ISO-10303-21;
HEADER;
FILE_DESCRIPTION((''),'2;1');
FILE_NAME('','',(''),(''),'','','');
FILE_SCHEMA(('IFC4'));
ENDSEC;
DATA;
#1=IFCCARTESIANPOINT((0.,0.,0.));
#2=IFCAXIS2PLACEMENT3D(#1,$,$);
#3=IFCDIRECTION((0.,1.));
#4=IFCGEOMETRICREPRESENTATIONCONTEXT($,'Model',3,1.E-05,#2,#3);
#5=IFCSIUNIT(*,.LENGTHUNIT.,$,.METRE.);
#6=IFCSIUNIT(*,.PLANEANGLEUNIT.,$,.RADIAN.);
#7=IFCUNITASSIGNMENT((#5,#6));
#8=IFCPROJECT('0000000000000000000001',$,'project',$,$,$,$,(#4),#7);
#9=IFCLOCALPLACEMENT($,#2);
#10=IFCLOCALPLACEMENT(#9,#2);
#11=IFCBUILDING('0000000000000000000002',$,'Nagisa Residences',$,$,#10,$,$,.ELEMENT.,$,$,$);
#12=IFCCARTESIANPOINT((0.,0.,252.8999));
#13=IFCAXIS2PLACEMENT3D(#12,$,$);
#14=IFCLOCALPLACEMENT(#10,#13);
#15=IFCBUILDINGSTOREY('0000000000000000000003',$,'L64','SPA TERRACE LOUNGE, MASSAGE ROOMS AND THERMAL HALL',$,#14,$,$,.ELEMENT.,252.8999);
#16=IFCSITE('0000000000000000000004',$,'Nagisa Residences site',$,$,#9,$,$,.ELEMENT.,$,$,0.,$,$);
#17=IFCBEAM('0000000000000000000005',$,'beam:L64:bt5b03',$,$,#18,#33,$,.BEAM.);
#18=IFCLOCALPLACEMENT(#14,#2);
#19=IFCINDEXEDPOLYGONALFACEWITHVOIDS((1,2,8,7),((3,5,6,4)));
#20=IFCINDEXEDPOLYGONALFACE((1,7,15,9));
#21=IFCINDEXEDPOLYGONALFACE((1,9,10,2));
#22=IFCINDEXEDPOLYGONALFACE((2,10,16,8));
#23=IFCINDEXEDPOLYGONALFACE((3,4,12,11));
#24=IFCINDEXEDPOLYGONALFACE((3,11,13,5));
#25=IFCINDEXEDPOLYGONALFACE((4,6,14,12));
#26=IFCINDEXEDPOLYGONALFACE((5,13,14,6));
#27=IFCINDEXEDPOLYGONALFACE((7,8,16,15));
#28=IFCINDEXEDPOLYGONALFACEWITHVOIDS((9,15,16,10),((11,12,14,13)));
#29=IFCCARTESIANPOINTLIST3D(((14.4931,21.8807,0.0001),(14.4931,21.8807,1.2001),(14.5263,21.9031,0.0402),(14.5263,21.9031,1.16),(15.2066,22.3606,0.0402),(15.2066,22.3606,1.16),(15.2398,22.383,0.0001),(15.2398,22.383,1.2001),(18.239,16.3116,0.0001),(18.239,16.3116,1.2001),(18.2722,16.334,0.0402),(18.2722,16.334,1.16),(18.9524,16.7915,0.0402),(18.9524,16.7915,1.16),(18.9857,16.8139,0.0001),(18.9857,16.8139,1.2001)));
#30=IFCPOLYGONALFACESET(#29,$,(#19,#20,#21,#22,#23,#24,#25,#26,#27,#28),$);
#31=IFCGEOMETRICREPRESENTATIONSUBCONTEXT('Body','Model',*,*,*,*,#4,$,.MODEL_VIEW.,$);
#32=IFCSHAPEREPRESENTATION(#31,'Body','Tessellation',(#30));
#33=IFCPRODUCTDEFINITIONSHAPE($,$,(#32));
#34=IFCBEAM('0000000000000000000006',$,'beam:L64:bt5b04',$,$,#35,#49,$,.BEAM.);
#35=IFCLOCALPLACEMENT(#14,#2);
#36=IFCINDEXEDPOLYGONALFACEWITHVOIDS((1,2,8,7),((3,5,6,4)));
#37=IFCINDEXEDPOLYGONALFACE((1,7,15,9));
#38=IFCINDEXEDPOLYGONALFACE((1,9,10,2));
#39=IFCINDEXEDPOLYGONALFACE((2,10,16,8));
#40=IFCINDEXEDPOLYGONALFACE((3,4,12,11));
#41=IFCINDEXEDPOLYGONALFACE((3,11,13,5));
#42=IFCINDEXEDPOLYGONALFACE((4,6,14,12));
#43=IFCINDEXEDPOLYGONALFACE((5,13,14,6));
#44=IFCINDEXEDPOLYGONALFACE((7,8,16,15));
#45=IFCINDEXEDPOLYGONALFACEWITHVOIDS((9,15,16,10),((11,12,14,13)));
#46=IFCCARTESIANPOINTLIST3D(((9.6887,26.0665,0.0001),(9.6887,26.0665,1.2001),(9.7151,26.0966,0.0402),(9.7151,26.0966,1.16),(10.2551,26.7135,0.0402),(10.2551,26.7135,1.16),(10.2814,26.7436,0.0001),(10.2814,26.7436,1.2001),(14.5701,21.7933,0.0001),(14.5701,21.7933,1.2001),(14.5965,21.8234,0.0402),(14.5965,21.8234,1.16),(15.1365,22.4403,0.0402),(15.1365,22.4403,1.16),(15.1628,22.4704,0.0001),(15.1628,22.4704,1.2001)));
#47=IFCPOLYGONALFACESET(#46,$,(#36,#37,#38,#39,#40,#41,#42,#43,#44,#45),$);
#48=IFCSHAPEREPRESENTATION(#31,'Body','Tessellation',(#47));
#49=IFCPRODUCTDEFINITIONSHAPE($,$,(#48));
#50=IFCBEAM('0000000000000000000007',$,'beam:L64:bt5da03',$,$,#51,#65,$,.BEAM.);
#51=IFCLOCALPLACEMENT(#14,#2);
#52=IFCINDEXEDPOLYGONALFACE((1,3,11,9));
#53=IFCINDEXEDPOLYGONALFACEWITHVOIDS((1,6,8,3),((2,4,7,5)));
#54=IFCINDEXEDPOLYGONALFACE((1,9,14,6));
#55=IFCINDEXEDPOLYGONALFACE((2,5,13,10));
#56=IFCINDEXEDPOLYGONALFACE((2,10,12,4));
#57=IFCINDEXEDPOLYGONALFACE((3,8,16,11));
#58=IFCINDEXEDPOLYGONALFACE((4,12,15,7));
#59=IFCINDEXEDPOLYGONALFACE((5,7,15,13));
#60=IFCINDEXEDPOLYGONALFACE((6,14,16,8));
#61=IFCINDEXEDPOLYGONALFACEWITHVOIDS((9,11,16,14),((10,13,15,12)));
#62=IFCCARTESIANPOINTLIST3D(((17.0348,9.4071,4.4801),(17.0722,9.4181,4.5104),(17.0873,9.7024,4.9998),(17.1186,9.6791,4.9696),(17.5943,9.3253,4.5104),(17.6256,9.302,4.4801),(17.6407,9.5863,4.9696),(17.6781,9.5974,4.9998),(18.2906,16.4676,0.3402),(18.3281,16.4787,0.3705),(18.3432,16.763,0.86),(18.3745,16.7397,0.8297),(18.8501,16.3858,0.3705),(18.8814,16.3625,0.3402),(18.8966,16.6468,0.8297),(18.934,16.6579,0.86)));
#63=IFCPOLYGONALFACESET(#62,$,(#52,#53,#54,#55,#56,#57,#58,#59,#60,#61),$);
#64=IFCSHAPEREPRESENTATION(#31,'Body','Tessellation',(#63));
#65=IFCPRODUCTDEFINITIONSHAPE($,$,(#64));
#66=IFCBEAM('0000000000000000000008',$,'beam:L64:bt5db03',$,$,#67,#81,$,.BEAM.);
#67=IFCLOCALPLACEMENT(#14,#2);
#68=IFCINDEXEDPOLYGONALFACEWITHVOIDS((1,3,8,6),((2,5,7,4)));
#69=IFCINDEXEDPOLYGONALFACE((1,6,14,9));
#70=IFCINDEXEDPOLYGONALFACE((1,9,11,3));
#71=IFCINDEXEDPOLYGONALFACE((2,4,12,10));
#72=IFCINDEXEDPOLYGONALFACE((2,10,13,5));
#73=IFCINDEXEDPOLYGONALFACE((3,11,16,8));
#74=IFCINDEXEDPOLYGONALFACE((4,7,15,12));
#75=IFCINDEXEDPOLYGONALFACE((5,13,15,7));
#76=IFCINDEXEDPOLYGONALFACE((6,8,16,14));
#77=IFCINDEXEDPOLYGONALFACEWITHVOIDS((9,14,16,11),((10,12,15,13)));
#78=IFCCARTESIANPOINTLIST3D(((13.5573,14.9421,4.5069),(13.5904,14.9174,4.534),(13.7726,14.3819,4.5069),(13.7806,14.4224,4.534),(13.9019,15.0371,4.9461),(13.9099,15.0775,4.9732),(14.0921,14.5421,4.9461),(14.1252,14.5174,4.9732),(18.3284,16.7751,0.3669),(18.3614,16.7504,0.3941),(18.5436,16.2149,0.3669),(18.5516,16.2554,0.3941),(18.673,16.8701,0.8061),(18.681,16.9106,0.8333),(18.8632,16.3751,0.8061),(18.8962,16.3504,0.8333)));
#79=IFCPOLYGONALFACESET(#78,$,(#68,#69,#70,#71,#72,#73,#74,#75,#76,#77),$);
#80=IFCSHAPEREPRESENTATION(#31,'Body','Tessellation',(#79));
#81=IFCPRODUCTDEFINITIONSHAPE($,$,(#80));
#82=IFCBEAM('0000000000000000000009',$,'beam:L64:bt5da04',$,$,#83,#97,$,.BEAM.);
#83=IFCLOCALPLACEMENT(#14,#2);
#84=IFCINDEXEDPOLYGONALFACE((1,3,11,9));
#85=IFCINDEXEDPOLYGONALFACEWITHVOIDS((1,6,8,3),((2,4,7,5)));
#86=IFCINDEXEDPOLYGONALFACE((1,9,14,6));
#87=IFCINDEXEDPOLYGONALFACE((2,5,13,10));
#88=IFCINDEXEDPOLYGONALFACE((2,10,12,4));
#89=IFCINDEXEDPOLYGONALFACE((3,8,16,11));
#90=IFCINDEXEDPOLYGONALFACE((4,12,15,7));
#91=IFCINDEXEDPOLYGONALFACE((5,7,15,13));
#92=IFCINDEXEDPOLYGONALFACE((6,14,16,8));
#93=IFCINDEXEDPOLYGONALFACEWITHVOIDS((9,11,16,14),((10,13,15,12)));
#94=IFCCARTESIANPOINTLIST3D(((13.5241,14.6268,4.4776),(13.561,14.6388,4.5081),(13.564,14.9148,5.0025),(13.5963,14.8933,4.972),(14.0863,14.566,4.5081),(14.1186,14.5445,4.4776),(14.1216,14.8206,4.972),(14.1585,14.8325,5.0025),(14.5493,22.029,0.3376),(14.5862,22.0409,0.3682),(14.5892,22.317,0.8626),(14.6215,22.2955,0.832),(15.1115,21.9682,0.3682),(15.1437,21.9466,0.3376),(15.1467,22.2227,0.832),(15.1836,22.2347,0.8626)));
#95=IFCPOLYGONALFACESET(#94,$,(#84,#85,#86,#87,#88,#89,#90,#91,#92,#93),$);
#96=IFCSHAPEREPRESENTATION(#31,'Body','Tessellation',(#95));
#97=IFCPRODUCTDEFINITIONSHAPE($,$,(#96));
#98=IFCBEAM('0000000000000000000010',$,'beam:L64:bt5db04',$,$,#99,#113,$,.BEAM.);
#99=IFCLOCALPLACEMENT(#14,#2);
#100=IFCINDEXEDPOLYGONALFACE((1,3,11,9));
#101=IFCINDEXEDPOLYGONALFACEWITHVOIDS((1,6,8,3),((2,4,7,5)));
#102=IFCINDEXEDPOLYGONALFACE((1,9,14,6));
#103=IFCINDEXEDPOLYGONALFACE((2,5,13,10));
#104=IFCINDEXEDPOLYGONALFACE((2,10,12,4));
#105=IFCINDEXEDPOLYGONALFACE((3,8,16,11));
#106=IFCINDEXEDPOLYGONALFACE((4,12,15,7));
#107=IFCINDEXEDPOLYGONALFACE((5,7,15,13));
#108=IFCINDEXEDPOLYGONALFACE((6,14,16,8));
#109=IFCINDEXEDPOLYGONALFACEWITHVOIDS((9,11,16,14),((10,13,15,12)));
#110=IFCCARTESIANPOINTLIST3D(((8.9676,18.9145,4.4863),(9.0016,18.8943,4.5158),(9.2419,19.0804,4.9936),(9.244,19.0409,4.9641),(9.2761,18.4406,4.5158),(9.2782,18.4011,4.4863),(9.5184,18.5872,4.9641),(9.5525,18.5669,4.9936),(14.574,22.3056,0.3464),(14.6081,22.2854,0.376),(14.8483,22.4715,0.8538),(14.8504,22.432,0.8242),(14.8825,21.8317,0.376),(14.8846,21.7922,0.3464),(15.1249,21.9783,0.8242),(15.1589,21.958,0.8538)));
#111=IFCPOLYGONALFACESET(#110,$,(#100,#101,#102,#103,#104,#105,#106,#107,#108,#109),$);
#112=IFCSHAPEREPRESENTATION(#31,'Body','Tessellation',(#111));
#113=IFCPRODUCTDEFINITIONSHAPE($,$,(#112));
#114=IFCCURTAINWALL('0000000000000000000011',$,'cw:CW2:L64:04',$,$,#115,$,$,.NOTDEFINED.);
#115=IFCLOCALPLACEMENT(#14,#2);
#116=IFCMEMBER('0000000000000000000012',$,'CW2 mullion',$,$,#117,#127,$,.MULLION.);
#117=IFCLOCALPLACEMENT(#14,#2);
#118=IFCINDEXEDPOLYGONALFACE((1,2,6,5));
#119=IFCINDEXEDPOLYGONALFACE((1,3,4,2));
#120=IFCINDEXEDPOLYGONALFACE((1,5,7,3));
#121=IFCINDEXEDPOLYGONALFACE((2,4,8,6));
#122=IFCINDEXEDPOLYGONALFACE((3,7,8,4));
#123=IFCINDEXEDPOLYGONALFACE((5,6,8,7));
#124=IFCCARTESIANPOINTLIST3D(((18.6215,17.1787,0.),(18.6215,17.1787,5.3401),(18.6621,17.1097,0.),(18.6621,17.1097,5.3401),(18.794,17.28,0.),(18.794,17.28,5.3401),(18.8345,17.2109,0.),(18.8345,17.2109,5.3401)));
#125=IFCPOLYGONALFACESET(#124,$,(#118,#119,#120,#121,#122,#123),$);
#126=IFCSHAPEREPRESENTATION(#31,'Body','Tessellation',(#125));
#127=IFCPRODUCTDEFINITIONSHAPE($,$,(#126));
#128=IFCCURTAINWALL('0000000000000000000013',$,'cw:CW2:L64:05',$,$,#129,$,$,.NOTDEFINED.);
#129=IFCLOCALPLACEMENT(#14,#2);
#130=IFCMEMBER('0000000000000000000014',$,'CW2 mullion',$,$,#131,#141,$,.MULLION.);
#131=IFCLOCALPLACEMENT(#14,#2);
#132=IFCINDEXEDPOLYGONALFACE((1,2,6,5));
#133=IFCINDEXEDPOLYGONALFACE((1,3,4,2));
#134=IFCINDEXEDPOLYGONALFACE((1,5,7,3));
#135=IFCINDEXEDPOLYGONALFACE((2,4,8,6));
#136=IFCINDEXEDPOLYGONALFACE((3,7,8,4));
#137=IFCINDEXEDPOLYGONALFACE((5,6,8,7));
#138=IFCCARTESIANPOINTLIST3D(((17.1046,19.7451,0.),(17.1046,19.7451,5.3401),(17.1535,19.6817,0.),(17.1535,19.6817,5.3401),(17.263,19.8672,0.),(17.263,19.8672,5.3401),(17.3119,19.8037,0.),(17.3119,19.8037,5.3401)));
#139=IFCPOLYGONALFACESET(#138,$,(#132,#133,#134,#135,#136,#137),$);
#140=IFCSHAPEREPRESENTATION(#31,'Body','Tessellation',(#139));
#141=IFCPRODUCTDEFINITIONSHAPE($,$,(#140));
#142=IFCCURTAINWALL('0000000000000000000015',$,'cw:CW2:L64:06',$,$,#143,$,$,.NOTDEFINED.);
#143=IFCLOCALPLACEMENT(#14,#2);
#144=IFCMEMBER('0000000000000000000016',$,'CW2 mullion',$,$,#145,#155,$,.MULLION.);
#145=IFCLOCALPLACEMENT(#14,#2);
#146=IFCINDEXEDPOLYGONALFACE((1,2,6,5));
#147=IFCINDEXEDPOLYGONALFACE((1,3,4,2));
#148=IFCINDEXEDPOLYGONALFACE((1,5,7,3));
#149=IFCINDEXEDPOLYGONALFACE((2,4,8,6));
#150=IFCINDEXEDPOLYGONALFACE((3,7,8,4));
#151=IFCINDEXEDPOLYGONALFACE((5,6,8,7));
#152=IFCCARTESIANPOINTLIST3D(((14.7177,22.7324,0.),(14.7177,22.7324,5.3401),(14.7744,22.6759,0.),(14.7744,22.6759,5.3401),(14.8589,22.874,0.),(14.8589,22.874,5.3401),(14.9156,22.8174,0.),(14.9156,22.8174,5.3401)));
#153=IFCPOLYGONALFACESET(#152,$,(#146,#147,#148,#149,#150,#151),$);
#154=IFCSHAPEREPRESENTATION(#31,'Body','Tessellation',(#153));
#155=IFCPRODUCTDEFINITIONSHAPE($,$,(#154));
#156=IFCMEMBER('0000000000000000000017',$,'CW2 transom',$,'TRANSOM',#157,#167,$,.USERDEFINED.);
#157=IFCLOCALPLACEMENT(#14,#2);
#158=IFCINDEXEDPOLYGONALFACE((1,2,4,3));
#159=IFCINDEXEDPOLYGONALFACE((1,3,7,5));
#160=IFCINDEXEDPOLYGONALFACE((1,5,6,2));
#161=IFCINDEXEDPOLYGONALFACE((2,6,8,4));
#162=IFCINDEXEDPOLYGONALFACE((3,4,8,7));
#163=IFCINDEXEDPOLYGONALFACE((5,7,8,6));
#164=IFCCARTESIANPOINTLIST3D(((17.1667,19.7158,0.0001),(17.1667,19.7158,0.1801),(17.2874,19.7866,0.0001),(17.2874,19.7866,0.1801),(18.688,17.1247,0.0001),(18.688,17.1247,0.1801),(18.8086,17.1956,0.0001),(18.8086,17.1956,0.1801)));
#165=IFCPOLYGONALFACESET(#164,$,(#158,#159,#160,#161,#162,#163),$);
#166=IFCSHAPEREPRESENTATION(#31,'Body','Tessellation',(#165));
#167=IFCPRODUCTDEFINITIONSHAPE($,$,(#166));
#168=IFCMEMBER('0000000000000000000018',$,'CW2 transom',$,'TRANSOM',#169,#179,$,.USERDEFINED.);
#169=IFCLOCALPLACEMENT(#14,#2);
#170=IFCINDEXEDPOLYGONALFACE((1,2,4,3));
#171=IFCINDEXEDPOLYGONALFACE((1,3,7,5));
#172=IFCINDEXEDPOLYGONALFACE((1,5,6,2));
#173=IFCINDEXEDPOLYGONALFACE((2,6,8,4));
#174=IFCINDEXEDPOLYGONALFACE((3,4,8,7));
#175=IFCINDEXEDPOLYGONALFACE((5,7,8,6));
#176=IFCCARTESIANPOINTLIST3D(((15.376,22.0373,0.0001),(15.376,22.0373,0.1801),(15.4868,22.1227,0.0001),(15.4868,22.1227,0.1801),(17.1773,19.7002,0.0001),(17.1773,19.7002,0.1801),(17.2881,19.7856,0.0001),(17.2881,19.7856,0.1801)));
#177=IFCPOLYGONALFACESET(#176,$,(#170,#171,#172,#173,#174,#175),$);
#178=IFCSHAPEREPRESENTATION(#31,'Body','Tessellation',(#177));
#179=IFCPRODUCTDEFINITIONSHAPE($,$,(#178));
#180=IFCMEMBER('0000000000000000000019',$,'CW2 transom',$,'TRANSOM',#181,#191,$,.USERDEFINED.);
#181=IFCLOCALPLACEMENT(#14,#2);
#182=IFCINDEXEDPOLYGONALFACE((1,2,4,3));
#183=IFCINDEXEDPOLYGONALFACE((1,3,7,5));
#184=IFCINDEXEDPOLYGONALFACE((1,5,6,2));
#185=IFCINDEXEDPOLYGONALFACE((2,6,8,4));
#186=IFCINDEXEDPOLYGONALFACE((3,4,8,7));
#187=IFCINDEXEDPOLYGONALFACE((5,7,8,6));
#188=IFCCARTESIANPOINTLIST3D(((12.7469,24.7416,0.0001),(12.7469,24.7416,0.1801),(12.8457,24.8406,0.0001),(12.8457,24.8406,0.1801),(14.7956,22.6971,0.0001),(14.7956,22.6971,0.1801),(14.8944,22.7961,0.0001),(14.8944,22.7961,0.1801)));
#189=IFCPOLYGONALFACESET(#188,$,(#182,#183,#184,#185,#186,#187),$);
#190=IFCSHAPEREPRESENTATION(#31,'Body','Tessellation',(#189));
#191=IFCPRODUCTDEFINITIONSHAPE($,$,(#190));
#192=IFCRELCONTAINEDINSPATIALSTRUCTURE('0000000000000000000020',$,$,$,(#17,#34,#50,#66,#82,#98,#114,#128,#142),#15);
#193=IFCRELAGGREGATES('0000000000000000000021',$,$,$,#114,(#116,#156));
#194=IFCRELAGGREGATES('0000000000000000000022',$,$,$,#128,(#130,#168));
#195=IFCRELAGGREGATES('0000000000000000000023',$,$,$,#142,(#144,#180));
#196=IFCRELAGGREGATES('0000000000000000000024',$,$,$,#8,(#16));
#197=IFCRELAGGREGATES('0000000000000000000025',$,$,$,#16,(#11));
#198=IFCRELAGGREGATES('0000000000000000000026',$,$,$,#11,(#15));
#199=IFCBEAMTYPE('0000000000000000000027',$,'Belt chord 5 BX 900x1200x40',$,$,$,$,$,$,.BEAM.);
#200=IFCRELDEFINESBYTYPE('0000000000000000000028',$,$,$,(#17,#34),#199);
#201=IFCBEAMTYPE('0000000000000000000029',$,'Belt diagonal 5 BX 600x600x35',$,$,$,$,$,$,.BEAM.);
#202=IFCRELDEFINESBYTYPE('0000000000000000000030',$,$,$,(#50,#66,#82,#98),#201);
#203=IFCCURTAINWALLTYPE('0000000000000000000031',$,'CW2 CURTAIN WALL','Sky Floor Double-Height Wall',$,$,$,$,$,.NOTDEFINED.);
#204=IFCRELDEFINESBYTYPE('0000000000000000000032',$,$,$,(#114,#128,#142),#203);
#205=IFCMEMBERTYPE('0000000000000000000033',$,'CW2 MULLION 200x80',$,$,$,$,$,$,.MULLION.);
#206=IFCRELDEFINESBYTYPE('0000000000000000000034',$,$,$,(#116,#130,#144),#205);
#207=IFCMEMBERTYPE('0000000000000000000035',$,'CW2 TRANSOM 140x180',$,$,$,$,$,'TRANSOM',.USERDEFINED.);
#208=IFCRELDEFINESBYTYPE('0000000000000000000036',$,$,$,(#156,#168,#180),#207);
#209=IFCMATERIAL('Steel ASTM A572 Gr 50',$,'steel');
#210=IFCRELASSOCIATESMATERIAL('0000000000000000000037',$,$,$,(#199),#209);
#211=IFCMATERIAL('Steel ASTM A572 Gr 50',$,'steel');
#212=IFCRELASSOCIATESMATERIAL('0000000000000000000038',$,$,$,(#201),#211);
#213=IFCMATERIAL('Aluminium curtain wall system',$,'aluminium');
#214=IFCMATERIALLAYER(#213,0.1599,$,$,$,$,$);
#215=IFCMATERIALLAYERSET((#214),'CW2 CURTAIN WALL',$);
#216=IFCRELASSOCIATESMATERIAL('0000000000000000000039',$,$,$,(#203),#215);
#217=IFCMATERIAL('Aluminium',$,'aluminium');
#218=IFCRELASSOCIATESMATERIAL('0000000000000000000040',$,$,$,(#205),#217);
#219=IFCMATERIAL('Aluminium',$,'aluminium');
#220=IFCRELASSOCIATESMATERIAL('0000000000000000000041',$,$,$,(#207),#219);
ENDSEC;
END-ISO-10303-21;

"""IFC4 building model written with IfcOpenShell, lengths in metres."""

from ifc_helpers import new_model, si_unit, direction, frame, origin, origin_2d, place, context, subcontext, project, spatial, rectangle, hollow_rectangle, extrude, material, layer, layer_set, material_profile, profile_set, type_object, element, aggregate, save


model = new_model("IFC4")

# Units and contexts
model_context = context("Model", 3, precision=1e-05, world=origin(), true_north=direction((0.0, 1.0)))
body_context = subcontext(model_context, "Body", "Model", "MODEL_VIEW")
ifc_project = project(units=[si_unit("LENGTHUNIT", "METRE"), si_unit("PLANEANGLEUNIT", "RADIAN")], contexts=[model_context])

# Site, building, storey
site_placement = place(None, origin())
site = spatial("IfcSite", under=ifc_project, at=site_placement, Name="Nagisa Residences site", CompositionType="ELEMENT", RefElevation=0.0)
building_placement = place(site_placement, origin())
building = spatial("IfcBuilding", under=site, at=building_placement, Name="Nagisa Residences", CompositionType="ELEMENT")
storey_placement = place(building_placement, frame((0.0, 0.0, 252.8999)))
storey = spatial("IfcBuildingStorey", under=building, at=storey_placement, Name="L64", Description="SPA TERRACE LOUNGE, MASSAGE ROOMS AND THERMAL HALL", CompositionType="ELEMENT", Elevation=252.8999)

# Beams
ifc_material_1 = material(Name="Steel ASTM A572 Gr 50", Category="steel")
ifc_material_profile_1 = material_profile(ifc_material_1, hollow_rectangle(XDim=0.8999, YDim=1.2, WallThickness=0.04, at=origin_2d()), Name="BX 900x1200x40")
ifc_profile_set_1 = profile_set([ifc_material_profile_1], Name="Steel ASTM A572 Gr 50")
beam_type_1 = type_object("IfcBeamType", Name="Belt chord 5 BX 900x1200x40", PredefinedType="BEAM", material=ifc_profile_set_1)
beam_1_placement = place(storey_placement, frame((18.6123, 16.5627, 0.6001), z_axis=(-0.558112, 0.829766, 0.0), x_axis=(-0.829766, -0.558112, 0.0)))
element("IfcBeam", 1, at=beam_1_placement, inside=storey, type_object=beam_type_1, Name="beam:L64:bt5b03", PredefinedType="BEAM", context=body_context, shape_type="SweptSolid", body=[
    extrude(hollow_rectangle(XDim=0.8999, YDim=1.2, WallThickness=0.04, at=origin_2d()), origin(), (0.0, 0.0, 1.0), 6.7117),
])
beam_2_placement = place(storey_placement, frame((14.8665, 22.1318, 0.6001), z_axis=(-0.752423, 0.65868, 0.0), x_axis=(-0.65868, -0.752423, 0.0)))
element("IfcBeam", 2, at=beam_2_placement, inside=storey, type_object=beam_type_1, Name="beam:L64:bt5b04", PredefinedType="BEAM", context=body_context, shape_type="SweptSolid", body=[
    extrude(hollow_rectangle(XDim=0.8999, YDim=1.2, WallThickness=0.04, at=origin_2d()), origin(), (0.0, 0.0, 1.0), 6.4875),
])
ifc_material_2 = material(Name="Steel ASTM A572 Gr 50", Category="steel")
ifc_material_profile_2 = material_profile(ifc_material_2, hollow_rectangle(XDim=0.6001, YDim=0.6001, WallThickness=0.0349, at=origin_2d()), Name="BX 600x600x35")
ifc_profile_set_2 = profile_set([ifc_material_profile_2], Name="Steel ASTM A572 Gr 50")
beam_type_2 = type_object("IfcBeamType", Name="Belt diagonal 5 BX 600x600x35", PredefinedType="BEAM", material=ifc_profile_set_2)
beam_3_placement = place(storey_placement, frame((18.6123, 16.5627, 0.6001), z_axis=(-0.151664, -0.852668, 0.499955), x_axis=(0.984547, -0.175121, 0.0)))
element("IfcBeam", 3, at=beam_3_placement, inside=storey, type_object=beam_type_2, Name="beam:L64:bt5da03", PredefinedType="BEAM", context=body_context, shape_type="SweptSolid", body=[
    extrude(hollow_rectangle(XDim=0.6001, YDim=0.6001, WallThickness=0.0349, at=origin_2d()), origin(), (0.0, 0.0, 1.0), 8.2805),
])
beam_4_placement = place(storey_placement, frame((18.6123, 16.5627, 0.6001), z_axis=(-0.725372, -0.278686, 0.62942), x_axis=(0.35864, -0.933476, 0.0)))
element("IfcBeam", 4, at=beam_4_placement, inside=storey, type_object=beam_type_2, Name="beam:L64:bt5db03", PredefinedType="BEAM", context=body_context, shape_type="SweptSolid", body=[
    extrude(hollow_rectangle(XDim=0.6001, YDim=0.6001, WallThickness=0.0349, at=origin_2d()), origin(), (0.0, 0.0, 1.0), 6.5774),
])
beam_5_placement = place(storey_placement, frame((14.8665, 22.1318, 0.6001), z_axis=(-0.12, -0.866465, 0.484602), x_axis=(0.990545, -0.137185, 0.0)))
element("IfcBeam", 5, at=beam_5_placement, inside=storey, type_object=beam_type_2, Name="beam:L64:bt5da04", PredefinedType="BEAM", context=body_context, shape_type="SweptSolid", body=[
    extrude(hollow_rectangle(XDim=0.6001, YDim=0.6001, WallThickness=0.0349, at=origin_2d()), origin(), (0.0, 0.0, 1.0), 8.543),
])
beam_6_placement = place(storey_placement, frame((14.8665, 22.1318, 0.6001), z_axis=(-0.723364, -0.437534, 0.534144), x_axis=(0.51755, -0.855653, 0.0)))
element("IfcBeam", 6, at=beam_6_placement, inside=storey, type_object=beam_type_2, Name="beam:L64:bt5db04", PredefinedType="BEAM", context=body_context, shape_type="SweptSolid", body=[
    extrude(hollow_rectangle(XDim=0.6001, YDim=0.6001, WallThickness=0.0349, at=origin_2d()), origin(), (0.0, 0.0, 1.0), 7.7505),
])

# Curtain walls, members
ifc_material_3 = material(Name="Aluminium curtain wall system", Category="aluminium")
ifc_layer_1 = layer(ifc_material_3, 0.1599)
ifc_layer_set_1 = layer_set([ifc_layer_1], Name="CW2 CURTAIN WALL")
curtain_wall_type = type_object("IfcCurtainWallType", Name="CW2 CURTAIN WALL", Description="Sky Floor Double-Height Wall", PredefinedType="NOTDEFINED", material=ifc_layer_set_1)
curtain_wall_1_placement = place(storey_placement, origin())
curtain_wall_1 = element("IfcCurtainWall", 7, at=curtain_wall_1_placement, inside=storey, type_object=curtain_wall_type, Name="cw:CW2:L64:04", PredefinedType="NOTDEFINED")
ifc_material_4 = material(Name="Aluminium", Category="aluminium")
ifc_material_profile_3 = material_profile(ifc_material_4, rectangle(XDim=0.2, YDim=0.0801, at=origin_2d()), Name="CW2 MULLION 200x80")
ifc_profile_set_3 = profile_set([ifc_material_profile_3], Name="Aluminium")
member_type_1 = type_object("IfcMemberType", Name="CW2 MULLION 200x80", PredefinedType="MULLION", material=ifc_profile_set_3)
member_1_placement = place(storey_placement, frame((18.728, 17.1948, 0.0), z_axis=(0.0, 0.0, 1.0), x_axis=(-0.862329, -0.506349, 0.0)))
member_1 = element("IfcMember", 8, at=member_1_placement, type_object=member_type_1, Name="CW2 mullion", PredefinedType="MULLION", context=body_context, shape_type="SweptSolid", body=[
    extrude(rectangle(XDim=0.2, YDim=0.0801, at=origin_2d()), origin(), (0.0, 0.0, 1.0), 5.3401),
])
curtain_wall_2_placement = place(storey_placement, origin())
curtain_wall_2 = element("IfcCurtainWall", 9, at=curtain_wall_2_placement, inside=storey, type_object=curtain_wall_type, Name="cw:CW2:L64:05", PredefinedType="NOTDEFINED")
member_2_placement = place(storey_placement, frame((17.2083, 19.7744, 0.0), z_axis=(0.0, 0.0, 1.0), x_axis=(-0.79207, -0.61043, 0.0)))
member_2 = element("IfcMember", 10, at=member_2_placement, type_object=member_type_1, Name="CW2 mullion", PredefinedType="MULLION", context=body_context, shape_type="SweptSolid", body=[
    extrude(rectangle(XDim=0.2, YDim=0.0801, at=origin_2d()), origin(), (0.0, 0.0, 1.0), 5.3401),
])
curtain_wall_3_placement = place(storey_placement, origin())
curtain_wall_3 = element("IfcCurtainWall", 11, at=curtain_wall_3_placement, inside=storey, type_object=curtain_wall_type, Name="cw:CW2:L64:06", PredefinedType="NOTDEFINED")
member_3_placement = place(storey_placement, frame((14.8167, 22.7749, 0.0), z_axis=(0.0, 0.0, 1.0), x_axis=(-0.706377, -0.707836, 0.0)))
member_3 = element("IfcMember", 12, at=member_3_placement, type_object=member_type_1, Name="CW2 mullion", PredefinedType="MULLION", context=body_context, shape_type="SweptSolid", body=[
    extrude(rectangle(XDim=0.2, YDim=0.0801, at=origin_2d()), origin(), (0.0, 0.0, 1.0), 5.3401),
])

# Members
ifc_material_5 = material(Name="Aluminium", Category="aluminium")
ifc_material_profile_4 = material_profile(ifc_material_5, rectangle(XDim=0.1399, YDim=0.1799, at=origin_2d()), Name="CW2 TRANSOM 140x180")
ifc_profile_set_4 = profile_set([ifc_material_profile_4], Name="Aluminium")
member_type_2 = type_object("IfcMemberType", Name="CW2 TRANSOM 140x180", ElementType="TRANSOM", PredefinedType="USERDEFINED", material=ifc_profile_set_4)
member_4_placement = place(storey_placement, frame((18.7483, 17.1602, 0.0901), z_axis=(-0.506299, 0.862358, 0.0), x_axis=(-0.862358, -0.506299, 0.0)))
member_4 = element("IfcMember", 13, at=member_4_placement, type_object=member_type_2, Name="CW2 transom", ObjectType="TRANSOM", PredefinedType="USERDEFINED", context=body_context, shape_type="SweptSolid", body=[
    extrude(rectangle(XDim=0.1399, YDim=0.1799, at=origin_2d()), origin(), (0.0, 0.0, 1.0), 3.0046),
])
member_5_placement = place(storey_placement, frame((17.2327, 19.7429, 0.0901), z_axis=(-0.610446, 0.792058, 0.0), x_axis=(-0.792058, -0.610446, 0.0)))
member_5 = element("IfcMember", 14, at=member_5_placement, type_object=member_type_2, Name="CW2 transom", ObjectType="TRANSOM", PredefinedType="USERDEFINED", context=body_context, shape_type="SweptSolid", body=[
    extrude(rectangle(XDim=0.1399, YDim=0.1799, at=origin_2d()), origin(), (0.0, 0.0, 1.0), 2.9507),
])
member_6_placement = place(storey_placement, frame((14.845, 22.7466, 0.0901), z_axis=(-0.707823, 0.706389, 0.0), x_axis=(-0.706389, -0.707823, 0.0)))
member_6 = element("IfcMember", 15, at=member_6_placement, type_object=member_type_2, Name="CW2 transom", ObjectType="TRANSOM", PredefinedType="USERDEFINED", context=body_context, shape_type="SweptSolid", body=[
    extrude(rectangle(XDim=0.1399, YDim=0.1799, at=origin_2d()), origin(), (0.0, 0.0, 1.0), 2.8943),
])

aggregate(curtain_wall_1, [member_1, member_4])
aggregate(curtain_wall_2, [member_2, member_5])
aggregate(curtain_wall_3, [member_3, member_6])

save(model, "model.ifc")
